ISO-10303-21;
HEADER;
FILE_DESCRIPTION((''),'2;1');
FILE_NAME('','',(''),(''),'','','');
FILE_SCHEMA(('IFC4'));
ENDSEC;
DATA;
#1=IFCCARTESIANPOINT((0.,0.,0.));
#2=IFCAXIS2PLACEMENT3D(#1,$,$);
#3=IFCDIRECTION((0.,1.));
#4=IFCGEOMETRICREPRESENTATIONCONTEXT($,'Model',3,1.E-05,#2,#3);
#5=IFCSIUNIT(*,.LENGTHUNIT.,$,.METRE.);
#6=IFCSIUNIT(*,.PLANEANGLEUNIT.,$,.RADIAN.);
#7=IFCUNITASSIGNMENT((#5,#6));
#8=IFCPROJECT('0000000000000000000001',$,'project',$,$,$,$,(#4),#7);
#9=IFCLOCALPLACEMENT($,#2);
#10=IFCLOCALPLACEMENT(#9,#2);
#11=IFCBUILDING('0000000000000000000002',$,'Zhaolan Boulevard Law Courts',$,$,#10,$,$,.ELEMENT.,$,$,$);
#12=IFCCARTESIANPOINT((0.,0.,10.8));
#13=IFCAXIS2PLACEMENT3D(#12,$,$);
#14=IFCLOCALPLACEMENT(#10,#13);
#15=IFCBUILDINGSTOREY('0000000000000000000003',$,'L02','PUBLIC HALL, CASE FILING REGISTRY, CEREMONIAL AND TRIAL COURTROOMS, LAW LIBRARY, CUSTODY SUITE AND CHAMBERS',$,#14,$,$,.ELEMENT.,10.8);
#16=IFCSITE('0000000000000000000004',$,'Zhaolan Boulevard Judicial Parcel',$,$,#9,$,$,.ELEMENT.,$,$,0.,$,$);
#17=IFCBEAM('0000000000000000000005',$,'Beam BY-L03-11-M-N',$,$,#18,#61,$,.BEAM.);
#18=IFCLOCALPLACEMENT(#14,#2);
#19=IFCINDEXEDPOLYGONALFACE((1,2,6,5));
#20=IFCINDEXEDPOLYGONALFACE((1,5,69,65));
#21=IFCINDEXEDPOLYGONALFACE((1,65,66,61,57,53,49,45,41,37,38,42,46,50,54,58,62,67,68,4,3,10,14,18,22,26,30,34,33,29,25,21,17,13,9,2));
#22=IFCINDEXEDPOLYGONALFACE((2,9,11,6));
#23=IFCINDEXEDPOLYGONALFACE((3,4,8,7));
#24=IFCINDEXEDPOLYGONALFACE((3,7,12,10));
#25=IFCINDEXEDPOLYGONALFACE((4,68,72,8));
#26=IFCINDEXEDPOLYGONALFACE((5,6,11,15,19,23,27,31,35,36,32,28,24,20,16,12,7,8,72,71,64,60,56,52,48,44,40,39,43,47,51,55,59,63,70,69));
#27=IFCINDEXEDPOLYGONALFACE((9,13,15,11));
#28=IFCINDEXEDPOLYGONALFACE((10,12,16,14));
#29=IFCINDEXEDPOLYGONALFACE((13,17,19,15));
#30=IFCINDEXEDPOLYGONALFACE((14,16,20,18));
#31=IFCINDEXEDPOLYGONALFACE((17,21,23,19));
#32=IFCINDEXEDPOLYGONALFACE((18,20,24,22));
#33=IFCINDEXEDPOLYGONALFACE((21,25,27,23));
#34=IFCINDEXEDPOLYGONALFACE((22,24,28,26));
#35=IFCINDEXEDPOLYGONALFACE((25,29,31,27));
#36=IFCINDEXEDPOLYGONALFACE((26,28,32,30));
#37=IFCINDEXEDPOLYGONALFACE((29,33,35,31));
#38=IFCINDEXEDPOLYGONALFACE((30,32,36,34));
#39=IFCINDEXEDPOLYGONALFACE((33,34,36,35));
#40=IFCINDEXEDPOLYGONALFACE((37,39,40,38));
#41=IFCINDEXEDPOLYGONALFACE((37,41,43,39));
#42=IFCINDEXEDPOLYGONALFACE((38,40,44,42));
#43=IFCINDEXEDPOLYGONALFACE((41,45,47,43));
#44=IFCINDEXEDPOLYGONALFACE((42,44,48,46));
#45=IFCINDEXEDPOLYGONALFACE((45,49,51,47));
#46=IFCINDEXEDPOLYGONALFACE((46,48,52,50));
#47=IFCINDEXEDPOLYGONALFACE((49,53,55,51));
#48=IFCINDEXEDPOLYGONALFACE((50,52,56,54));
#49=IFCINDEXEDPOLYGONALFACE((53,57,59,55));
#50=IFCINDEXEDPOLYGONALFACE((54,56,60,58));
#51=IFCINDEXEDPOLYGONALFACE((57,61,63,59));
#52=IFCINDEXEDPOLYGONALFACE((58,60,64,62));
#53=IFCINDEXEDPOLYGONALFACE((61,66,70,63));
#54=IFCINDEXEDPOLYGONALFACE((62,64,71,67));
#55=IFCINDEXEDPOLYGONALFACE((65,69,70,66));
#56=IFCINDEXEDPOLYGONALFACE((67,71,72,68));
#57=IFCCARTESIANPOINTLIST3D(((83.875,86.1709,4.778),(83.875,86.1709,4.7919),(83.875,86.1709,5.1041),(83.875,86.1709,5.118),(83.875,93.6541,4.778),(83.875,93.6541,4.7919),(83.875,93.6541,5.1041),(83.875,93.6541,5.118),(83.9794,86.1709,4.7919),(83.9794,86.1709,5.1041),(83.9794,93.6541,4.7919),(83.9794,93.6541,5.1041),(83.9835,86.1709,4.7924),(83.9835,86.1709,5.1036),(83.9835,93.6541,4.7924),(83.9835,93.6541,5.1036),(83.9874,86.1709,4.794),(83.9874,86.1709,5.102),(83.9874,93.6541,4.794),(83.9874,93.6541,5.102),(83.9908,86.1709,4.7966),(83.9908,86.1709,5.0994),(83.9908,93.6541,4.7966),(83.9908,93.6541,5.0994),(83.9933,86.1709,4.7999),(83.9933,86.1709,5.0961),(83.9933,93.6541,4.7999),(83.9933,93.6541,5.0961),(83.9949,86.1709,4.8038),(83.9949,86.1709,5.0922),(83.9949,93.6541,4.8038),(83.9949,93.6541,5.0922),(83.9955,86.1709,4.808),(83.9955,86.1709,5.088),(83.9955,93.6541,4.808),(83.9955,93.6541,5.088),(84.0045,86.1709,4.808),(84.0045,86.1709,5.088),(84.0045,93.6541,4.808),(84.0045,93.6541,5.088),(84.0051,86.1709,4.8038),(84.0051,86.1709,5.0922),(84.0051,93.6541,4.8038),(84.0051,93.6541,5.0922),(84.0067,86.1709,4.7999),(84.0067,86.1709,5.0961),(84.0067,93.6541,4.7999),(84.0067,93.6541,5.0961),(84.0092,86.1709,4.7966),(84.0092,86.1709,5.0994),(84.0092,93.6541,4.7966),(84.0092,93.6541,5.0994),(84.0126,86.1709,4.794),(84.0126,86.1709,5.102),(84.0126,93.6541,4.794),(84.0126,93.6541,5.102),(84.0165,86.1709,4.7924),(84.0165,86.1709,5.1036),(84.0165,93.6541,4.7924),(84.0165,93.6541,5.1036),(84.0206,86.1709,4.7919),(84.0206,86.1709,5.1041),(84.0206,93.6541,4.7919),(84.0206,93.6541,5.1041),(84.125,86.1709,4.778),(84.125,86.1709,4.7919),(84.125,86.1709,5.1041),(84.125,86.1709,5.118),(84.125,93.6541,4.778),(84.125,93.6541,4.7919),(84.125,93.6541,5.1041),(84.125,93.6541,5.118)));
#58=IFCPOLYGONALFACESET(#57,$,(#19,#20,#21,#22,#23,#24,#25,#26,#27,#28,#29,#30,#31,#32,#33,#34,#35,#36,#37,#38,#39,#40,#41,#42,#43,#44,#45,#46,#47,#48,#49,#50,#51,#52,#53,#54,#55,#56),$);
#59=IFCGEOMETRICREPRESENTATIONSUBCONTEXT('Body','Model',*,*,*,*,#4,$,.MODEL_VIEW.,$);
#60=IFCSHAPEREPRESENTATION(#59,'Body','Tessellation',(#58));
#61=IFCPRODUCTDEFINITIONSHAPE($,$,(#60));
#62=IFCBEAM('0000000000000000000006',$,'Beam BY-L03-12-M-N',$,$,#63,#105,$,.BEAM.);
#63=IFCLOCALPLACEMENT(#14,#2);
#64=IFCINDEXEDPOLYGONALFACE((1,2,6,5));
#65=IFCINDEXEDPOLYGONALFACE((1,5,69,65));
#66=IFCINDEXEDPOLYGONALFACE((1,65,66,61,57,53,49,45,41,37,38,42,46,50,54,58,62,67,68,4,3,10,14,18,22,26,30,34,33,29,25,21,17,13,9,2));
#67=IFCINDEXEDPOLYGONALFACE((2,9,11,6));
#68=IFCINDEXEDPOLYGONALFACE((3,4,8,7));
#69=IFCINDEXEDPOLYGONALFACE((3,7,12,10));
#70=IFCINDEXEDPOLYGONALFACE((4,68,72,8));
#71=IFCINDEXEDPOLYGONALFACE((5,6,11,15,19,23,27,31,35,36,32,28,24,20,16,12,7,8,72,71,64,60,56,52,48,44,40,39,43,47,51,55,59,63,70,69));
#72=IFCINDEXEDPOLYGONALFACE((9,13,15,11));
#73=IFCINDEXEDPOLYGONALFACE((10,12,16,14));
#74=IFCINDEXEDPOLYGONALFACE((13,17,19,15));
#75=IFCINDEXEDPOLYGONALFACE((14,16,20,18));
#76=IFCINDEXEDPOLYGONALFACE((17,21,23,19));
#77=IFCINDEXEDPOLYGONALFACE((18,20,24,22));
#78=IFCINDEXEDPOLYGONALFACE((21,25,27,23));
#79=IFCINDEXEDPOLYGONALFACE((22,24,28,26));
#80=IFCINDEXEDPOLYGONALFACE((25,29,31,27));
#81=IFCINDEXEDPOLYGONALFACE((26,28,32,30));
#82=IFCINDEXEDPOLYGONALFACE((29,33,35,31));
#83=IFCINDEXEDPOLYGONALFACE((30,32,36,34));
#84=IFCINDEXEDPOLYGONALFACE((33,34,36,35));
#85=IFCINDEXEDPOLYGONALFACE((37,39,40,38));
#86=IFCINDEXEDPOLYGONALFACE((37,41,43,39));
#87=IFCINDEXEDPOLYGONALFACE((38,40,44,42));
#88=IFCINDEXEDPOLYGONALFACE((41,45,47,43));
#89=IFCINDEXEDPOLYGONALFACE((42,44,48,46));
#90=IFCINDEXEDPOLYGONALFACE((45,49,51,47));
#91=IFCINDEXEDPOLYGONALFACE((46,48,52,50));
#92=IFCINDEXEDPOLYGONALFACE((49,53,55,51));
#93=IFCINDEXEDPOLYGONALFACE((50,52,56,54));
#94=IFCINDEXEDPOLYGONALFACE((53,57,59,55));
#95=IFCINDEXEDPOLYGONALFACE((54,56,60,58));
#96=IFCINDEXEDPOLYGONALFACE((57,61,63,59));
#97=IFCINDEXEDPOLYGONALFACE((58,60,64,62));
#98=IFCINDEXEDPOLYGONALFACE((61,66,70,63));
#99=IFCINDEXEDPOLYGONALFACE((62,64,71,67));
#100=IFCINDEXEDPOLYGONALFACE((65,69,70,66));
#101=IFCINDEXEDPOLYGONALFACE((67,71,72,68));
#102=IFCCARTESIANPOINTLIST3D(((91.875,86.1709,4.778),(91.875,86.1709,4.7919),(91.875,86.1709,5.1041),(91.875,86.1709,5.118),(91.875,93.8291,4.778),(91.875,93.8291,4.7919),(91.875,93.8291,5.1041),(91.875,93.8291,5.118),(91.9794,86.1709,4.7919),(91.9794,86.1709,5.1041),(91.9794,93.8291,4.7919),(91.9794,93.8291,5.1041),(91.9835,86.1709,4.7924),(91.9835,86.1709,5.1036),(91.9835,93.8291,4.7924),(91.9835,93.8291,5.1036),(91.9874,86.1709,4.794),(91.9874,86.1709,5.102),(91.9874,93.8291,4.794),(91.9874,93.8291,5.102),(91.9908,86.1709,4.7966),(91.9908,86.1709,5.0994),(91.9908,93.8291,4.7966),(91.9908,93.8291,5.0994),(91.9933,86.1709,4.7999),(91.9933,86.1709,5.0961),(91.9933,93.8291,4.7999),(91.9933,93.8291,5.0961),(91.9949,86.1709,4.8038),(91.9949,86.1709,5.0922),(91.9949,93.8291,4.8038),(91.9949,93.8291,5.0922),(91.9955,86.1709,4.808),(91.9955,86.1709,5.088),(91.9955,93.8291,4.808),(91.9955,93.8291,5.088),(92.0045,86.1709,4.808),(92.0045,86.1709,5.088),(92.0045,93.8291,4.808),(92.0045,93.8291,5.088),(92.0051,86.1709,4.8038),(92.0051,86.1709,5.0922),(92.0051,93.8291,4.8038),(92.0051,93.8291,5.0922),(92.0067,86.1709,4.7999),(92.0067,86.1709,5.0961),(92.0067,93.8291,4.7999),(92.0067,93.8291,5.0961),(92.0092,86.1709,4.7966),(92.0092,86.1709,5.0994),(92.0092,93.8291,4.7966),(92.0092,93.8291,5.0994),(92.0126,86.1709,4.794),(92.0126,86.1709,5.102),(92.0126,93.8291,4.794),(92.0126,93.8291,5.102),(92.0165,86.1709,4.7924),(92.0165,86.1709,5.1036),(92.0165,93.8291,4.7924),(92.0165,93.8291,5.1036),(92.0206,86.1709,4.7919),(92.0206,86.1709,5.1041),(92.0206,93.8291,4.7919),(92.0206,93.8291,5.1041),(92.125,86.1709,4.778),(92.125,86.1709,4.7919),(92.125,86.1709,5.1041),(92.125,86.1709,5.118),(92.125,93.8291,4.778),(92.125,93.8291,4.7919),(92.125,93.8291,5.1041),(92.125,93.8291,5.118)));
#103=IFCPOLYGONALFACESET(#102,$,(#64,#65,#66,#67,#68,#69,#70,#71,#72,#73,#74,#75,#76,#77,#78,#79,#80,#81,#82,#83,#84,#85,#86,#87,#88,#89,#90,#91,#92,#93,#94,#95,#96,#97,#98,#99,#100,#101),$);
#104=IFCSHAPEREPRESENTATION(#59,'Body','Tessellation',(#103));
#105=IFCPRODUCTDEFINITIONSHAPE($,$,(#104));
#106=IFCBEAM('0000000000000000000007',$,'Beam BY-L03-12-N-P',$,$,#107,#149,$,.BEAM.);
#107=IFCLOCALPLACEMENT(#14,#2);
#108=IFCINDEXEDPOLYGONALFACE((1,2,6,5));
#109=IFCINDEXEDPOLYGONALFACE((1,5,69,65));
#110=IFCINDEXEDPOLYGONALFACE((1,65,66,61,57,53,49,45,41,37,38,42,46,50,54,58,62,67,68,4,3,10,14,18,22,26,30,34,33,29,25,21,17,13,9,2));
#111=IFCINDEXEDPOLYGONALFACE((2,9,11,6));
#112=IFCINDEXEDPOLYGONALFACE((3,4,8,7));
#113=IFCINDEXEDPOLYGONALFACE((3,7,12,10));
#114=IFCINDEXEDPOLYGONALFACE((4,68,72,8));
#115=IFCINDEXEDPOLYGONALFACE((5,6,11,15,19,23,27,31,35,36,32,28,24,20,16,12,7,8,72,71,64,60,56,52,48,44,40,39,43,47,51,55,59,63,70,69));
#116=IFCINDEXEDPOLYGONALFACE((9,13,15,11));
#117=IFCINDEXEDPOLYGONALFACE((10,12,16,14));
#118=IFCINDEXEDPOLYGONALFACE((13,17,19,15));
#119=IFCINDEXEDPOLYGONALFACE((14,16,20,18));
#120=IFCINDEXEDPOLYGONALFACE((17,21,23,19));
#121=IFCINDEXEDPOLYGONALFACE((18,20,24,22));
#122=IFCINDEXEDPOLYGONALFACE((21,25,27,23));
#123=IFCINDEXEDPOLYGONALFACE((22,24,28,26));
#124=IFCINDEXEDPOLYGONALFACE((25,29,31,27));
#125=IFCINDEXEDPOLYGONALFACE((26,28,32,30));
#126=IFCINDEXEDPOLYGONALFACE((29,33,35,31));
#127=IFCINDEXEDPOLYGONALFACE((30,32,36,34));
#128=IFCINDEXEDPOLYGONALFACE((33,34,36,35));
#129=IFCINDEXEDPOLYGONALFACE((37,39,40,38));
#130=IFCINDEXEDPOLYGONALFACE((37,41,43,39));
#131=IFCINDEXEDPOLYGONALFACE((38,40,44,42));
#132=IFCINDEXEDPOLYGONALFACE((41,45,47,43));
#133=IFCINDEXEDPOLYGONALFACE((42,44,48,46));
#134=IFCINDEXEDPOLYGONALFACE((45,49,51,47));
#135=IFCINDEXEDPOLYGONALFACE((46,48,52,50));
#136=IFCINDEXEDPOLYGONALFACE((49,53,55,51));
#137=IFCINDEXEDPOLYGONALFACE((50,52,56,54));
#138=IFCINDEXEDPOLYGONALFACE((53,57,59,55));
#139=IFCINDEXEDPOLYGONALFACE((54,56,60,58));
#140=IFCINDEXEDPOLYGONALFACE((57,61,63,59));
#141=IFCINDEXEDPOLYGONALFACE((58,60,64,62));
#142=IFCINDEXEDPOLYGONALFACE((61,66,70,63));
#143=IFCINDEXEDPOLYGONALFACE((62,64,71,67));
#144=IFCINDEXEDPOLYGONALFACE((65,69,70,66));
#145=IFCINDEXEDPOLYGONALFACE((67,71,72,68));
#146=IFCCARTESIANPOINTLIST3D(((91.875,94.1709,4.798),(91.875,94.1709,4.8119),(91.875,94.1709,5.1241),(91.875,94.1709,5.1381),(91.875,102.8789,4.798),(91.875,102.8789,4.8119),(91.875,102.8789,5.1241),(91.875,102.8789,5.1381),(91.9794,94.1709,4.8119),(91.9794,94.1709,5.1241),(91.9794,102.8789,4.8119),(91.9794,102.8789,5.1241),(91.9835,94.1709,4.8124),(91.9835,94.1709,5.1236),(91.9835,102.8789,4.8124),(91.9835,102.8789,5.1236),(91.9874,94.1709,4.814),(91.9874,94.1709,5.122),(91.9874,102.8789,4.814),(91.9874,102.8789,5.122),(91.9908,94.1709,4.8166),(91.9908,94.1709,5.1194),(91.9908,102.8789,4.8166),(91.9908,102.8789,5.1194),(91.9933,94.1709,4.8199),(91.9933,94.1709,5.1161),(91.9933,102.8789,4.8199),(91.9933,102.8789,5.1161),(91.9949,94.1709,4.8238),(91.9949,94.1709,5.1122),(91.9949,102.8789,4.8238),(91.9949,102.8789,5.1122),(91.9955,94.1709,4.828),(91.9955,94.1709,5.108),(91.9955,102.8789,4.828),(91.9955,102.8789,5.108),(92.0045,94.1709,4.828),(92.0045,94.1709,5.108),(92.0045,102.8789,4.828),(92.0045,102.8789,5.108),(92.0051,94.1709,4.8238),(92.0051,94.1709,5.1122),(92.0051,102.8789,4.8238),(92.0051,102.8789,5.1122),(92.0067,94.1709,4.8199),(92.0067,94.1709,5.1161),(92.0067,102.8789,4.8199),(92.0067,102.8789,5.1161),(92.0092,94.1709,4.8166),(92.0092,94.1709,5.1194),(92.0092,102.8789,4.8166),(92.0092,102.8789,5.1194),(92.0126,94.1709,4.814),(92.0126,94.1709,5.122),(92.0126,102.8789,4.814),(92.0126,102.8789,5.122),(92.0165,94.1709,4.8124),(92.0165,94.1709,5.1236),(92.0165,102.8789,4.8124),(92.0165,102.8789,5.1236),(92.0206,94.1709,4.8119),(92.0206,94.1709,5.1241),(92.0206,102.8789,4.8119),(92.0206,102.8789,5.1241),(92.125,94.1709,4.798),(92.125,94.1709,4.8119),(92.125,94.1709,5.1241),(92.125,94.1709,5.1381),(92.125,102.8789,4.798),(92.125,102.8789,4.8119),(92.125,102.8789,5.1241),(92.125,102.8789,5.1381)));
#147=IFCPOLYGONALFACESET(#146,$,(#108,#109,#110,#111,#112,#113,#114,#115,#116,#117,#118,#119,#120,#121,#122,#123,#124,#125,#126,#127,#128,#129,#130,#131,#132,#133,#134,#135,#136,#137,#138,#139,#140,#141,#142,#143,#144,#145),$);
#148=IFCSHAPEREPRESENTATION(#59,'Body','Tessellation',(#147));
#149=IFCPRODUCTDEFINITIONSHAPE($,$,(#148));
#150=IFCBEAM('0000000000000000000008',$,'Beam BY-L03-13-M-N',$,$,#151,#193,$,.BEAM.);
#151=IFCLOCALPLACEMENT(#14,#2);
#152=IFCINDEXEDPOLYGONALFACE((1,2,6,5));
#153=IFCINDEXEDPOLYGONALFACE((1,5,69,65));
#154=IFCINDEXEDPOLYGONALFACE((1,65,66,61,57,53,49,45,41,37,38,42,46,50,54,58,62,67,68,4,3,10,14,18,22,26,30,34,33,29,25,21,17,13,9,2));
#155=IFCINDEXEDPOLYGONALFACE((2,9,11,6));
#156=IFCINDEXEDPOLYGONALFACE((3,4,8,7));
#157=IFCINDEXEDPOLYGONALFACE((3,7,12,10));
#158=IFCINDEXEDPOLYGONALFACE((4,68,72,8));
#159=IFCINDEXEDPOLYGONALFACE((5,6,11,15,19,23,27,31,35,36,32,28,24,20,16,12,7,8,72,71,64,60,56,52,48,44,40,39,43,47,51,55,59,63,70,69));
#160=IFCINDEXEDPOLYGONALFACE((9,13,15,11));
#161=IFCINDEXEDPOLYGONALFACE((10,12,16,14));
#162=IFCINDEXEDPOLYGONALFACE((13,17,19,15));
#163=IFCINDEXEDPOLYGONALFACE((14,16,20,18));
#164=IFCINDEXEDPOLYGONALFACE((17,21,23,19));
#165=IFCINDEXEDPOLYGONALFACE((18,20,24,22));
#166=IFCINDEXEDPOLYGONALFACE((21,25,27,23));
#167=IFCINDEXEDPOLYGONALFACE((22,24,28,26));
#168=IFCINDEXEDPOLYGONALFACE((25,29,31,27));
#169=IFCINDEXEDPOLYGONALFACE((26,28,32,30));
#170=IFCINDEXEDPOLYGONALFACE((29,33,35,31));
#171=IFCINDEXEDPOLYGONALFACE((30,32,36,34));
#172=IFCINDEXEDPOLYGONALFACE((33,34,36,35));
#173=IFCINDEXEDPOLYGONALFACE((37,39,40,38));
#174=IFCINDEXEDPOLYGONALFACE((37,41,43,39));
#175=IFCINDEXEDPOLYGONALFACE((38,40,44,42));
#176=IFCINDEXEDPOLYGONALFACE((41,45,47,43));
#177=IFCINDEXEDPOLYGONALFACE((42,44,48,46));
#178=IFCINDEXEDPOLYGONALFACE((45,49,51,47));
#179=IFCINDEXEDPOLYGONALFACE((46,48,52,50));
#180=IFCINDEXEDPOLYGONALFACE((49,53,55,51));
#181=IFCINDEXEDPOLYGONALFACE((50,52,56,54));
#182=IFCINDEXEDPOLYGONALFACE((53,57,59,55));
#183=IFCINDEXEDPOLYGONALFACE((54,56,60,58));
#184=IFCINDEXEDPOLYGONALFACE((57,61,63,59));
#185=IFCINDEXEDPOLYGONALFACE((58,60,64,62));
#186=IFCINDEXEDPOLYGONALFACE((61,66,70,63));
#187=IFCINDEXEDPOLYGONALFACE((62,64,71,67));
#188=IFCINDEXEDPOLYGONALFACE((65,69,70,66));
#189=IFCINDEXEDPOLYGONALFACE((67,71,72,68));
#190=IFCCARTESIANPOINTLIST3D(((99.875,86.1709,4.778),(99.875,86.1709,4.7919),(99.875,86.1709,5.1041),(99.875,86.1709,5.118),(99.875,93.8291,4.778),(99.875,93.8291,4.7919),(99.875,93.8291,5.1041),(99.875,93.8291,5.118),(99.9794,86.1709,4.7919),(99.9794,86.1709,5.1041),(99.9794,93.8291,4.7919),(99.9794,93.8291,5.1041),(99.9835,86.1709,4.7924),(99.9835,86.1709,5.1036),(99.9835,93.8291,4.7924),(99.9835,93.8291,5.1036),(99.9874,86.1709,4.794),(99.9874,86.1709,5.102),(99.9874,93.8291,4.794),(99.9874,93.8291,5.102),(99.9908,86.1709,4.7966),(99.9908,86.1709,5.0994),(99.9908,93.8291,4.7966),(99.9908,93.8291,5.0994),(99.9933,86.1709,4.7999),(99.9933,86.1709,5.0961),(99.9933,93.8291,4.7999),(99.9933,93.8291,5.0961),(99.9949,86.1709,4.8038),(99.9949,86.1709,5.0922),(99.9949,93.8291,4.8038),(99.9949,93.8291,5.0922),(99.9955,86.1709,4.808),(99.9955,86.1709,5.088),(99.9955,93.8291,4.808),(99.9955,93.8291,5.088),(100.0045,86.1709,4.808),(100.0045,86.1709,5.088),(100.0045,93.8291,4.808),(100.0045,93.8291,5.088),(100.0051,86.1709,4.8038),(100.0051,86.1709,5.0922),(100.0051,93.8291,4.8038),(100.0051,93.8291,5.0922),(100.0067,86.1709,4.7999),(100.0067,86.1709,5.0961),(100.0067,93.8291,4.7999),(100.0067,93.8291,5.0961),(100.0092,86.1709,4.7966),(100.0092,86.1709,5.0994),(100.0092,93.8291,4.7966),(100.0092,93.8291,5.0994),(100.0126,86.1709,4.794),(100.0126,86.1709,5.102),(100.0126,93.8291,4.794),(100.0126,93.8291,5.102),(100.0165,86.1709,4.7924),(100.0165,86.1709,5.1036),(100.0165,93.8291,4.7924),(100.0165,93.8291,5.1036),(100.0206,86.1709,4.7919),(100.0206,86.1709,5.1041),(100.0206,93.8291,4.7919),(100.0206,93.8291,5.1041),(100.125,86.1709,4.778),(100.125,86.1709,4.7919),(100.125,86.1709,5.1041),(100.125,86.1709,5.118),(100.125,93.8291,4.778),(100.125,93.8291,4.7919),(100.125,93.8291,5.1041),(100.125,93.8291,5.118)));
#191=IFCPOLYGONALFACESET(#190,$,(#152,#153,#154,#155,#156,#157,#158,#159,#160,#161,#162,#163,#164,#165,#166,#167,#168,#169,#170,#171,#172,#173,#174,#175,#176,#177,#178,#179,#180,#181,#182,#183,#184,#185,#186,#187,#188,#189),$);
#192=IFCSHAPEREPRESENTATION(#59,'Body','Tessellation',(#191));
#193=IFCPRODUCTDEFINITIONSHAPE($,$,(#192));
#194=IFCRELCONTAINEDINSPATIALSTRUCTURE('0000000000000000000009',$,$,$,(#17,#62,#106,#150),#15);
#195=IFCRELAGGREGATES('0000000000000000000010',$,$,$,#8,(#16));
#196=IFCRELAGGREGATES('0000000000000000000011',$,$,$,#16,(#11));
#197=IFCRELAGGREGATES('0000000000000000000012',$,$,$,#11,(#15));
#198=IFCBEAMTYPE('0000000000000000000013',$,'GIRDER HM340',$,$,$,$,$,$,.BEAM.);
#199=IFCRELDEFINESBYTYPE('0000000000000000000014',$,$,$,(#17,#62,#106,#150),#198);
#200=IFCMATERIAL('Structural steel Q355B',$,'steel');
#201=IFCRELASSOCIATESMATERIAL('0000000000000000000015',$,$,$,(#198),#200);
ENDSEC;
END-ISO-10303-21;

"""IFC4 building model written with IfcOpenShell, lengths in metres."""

from ifc_helpers import new_model, si_unit, direction, frame, origin, origin_2d, place, context, subcontext, project, spatial, i_section, extrude, material, material_profile, profile_set, type_object, element, save


model = new_model("IFC4")

# Units and contexts
model_context = context("Model", 3, precision=1e-05, world=origin(), true_north=direction((0.0, 1.0)))
body_context = subcontext(model_context, "Body", "Model", "MODEL_VIEW")
ifc_project = project(units=[si_unit("LENGTHUNIT", "METRE"), si_unit("PLANEANGLEUNIT", "RADIAN")], contexts=[model_context])

# Site, building, storey
site_placement = place(None, origin())
site = spatial("IfcSite", under=ifc_project, at=site_placement, Name="Zhaolan Boulevard Judicial Parcel", CompositionType="ELEMENT", RefElevation=0.0)
building_placement = place(site_placement, origin())
building = spatial("IfcBuilding", under=site, at=building_placement, Name="Zhaolan Boulevard Law Courts", CompositionType="ELEMENT")
storey_placement = place(building_placement, frame((0.0, 0.0, 10.8)))
storey = spatial("IfcBuildingStorey", under=building, at=storey_placement, Name="L02", Description="PUBLIC HALL, CASE FILING REGISTRY, CEREMONIAL AND TRIAL COURTROOMS, LAW LIBRARY, CUSTODY SUITE AND CHAMBERS", CompositionType="ELEMENT", Elevation=10.8)

# Beams
ifc_material_1 = material(Name="Structural steel Q355B", Category="steel")
ifc_material_profile_1 = material_profile(ifc_material_1, i_section(OverallWidth=0.25, OverallDepth=0.3401, WebThickness=0.009, FlangeThickness=0.0139, FilletRadius=0.0161, at=origin_2d()), Name="HM340x250")
ifc_profile_set_1 = profile_set([ifc_material_profile_1], Name="Structural steel Q355B")
beam_type_1 = type_object("IfcBeamType", Name="GIRDER HM340", PredefinedType="BEAM", material=ifc_profile_set_1)
beam_1_placement = place(storey_placement, frame((84.0, 86.1709, 4.948), z_axis=(0.0, 1.0, 0.0), x_axis=(-1.0, 0.0, 0.0)))
element("IfcBeam", 1, at=beam_1_placement, inside=storey, type_object=beam_type_1, Name="Beam BY-L03-11-M-N", PredefinedType="BEAM", context=body_context, shape_type="SweptSolid", body=[
    extrude(i_section(OverallWidth=0.25, OverallDepth=0.3401, WebThickness=0.009, FlangeThickness=0.0139, FilletRadius=0.0161, at=origin_2d()), origin(), (0.0, 0.0, 1.0), 7.4832),
])
beam_2_placement = place(storey_placement, frame((92.0, 86.1709, 4.948), z_axis=(0.0, 1.0, 0.0), x_axis=(-1.0, 0.0, 0.0)))
element("IfcBeam", 2, at=beam_2_placement, inside=storey, type_object=beam_type_1, Name="Beam BY-L03-12-M-N", PredefinedType="BEAM", context=body_context, shape_type="SweptSolid", body=[
    extrude(i_section(OverallWidth=0.25, OverallDepth=0.3401, WebThickness=0.009, FlangeThickness=0.0139, FilletRadius=0.0161, at=origin_2d()), origin(), (0.0, 0.0, 1.0), 7.6582),
])
beam_3_placement = place(storey_placement, frame((92.0, 94.1709, 4.968), z_axis=(0.0, 1.0, 0.0), x_axis=(-1.0, 0.0, 0.0)))
element("IfcBeam", 3, at=beam_3_placement, inside=storey, type_object=beam_type_1, Name="Beam BY-L03-12-N-P", PredefinedType="BEAM", context=body_context, shape_type="SweptSolid", body=[
    extrude(i_section(OverallWidth=0.25, OverallDepth=0.3401, WebThickness=0.009, FlangeThickness=0.0139, FilletRadius=0.0161, at=origin_2d()), origin(), (0.0, 0.0, 1.0), 8.708),
])
beam_4_placement = place(storey_placement, frame((100.0, 86.1709, 4.948), z_axis=(0.0, 1.0, 0.0), x_axis=(-1.0, 0.0, 0.0)))
element("IfcBeam", 4, at=beam_4_placement, inside=storey, type_object=beam_type_1, Name="Beam BY-L03-13-M-N", PredefinedType="BEAM", context=body_context, shape_type="SweptSolid", body=[
    extrude(i_section(OverallWidth=0.25, OverallDepth=0.3401, WebThickness=0.009, FlangeThickness=0.0139, FilletRadius=0.0161, at=origin_2d()), origin(), (0.0, 0.0, 1.0), 7.6582),
])

save(model, "model.ifc")
